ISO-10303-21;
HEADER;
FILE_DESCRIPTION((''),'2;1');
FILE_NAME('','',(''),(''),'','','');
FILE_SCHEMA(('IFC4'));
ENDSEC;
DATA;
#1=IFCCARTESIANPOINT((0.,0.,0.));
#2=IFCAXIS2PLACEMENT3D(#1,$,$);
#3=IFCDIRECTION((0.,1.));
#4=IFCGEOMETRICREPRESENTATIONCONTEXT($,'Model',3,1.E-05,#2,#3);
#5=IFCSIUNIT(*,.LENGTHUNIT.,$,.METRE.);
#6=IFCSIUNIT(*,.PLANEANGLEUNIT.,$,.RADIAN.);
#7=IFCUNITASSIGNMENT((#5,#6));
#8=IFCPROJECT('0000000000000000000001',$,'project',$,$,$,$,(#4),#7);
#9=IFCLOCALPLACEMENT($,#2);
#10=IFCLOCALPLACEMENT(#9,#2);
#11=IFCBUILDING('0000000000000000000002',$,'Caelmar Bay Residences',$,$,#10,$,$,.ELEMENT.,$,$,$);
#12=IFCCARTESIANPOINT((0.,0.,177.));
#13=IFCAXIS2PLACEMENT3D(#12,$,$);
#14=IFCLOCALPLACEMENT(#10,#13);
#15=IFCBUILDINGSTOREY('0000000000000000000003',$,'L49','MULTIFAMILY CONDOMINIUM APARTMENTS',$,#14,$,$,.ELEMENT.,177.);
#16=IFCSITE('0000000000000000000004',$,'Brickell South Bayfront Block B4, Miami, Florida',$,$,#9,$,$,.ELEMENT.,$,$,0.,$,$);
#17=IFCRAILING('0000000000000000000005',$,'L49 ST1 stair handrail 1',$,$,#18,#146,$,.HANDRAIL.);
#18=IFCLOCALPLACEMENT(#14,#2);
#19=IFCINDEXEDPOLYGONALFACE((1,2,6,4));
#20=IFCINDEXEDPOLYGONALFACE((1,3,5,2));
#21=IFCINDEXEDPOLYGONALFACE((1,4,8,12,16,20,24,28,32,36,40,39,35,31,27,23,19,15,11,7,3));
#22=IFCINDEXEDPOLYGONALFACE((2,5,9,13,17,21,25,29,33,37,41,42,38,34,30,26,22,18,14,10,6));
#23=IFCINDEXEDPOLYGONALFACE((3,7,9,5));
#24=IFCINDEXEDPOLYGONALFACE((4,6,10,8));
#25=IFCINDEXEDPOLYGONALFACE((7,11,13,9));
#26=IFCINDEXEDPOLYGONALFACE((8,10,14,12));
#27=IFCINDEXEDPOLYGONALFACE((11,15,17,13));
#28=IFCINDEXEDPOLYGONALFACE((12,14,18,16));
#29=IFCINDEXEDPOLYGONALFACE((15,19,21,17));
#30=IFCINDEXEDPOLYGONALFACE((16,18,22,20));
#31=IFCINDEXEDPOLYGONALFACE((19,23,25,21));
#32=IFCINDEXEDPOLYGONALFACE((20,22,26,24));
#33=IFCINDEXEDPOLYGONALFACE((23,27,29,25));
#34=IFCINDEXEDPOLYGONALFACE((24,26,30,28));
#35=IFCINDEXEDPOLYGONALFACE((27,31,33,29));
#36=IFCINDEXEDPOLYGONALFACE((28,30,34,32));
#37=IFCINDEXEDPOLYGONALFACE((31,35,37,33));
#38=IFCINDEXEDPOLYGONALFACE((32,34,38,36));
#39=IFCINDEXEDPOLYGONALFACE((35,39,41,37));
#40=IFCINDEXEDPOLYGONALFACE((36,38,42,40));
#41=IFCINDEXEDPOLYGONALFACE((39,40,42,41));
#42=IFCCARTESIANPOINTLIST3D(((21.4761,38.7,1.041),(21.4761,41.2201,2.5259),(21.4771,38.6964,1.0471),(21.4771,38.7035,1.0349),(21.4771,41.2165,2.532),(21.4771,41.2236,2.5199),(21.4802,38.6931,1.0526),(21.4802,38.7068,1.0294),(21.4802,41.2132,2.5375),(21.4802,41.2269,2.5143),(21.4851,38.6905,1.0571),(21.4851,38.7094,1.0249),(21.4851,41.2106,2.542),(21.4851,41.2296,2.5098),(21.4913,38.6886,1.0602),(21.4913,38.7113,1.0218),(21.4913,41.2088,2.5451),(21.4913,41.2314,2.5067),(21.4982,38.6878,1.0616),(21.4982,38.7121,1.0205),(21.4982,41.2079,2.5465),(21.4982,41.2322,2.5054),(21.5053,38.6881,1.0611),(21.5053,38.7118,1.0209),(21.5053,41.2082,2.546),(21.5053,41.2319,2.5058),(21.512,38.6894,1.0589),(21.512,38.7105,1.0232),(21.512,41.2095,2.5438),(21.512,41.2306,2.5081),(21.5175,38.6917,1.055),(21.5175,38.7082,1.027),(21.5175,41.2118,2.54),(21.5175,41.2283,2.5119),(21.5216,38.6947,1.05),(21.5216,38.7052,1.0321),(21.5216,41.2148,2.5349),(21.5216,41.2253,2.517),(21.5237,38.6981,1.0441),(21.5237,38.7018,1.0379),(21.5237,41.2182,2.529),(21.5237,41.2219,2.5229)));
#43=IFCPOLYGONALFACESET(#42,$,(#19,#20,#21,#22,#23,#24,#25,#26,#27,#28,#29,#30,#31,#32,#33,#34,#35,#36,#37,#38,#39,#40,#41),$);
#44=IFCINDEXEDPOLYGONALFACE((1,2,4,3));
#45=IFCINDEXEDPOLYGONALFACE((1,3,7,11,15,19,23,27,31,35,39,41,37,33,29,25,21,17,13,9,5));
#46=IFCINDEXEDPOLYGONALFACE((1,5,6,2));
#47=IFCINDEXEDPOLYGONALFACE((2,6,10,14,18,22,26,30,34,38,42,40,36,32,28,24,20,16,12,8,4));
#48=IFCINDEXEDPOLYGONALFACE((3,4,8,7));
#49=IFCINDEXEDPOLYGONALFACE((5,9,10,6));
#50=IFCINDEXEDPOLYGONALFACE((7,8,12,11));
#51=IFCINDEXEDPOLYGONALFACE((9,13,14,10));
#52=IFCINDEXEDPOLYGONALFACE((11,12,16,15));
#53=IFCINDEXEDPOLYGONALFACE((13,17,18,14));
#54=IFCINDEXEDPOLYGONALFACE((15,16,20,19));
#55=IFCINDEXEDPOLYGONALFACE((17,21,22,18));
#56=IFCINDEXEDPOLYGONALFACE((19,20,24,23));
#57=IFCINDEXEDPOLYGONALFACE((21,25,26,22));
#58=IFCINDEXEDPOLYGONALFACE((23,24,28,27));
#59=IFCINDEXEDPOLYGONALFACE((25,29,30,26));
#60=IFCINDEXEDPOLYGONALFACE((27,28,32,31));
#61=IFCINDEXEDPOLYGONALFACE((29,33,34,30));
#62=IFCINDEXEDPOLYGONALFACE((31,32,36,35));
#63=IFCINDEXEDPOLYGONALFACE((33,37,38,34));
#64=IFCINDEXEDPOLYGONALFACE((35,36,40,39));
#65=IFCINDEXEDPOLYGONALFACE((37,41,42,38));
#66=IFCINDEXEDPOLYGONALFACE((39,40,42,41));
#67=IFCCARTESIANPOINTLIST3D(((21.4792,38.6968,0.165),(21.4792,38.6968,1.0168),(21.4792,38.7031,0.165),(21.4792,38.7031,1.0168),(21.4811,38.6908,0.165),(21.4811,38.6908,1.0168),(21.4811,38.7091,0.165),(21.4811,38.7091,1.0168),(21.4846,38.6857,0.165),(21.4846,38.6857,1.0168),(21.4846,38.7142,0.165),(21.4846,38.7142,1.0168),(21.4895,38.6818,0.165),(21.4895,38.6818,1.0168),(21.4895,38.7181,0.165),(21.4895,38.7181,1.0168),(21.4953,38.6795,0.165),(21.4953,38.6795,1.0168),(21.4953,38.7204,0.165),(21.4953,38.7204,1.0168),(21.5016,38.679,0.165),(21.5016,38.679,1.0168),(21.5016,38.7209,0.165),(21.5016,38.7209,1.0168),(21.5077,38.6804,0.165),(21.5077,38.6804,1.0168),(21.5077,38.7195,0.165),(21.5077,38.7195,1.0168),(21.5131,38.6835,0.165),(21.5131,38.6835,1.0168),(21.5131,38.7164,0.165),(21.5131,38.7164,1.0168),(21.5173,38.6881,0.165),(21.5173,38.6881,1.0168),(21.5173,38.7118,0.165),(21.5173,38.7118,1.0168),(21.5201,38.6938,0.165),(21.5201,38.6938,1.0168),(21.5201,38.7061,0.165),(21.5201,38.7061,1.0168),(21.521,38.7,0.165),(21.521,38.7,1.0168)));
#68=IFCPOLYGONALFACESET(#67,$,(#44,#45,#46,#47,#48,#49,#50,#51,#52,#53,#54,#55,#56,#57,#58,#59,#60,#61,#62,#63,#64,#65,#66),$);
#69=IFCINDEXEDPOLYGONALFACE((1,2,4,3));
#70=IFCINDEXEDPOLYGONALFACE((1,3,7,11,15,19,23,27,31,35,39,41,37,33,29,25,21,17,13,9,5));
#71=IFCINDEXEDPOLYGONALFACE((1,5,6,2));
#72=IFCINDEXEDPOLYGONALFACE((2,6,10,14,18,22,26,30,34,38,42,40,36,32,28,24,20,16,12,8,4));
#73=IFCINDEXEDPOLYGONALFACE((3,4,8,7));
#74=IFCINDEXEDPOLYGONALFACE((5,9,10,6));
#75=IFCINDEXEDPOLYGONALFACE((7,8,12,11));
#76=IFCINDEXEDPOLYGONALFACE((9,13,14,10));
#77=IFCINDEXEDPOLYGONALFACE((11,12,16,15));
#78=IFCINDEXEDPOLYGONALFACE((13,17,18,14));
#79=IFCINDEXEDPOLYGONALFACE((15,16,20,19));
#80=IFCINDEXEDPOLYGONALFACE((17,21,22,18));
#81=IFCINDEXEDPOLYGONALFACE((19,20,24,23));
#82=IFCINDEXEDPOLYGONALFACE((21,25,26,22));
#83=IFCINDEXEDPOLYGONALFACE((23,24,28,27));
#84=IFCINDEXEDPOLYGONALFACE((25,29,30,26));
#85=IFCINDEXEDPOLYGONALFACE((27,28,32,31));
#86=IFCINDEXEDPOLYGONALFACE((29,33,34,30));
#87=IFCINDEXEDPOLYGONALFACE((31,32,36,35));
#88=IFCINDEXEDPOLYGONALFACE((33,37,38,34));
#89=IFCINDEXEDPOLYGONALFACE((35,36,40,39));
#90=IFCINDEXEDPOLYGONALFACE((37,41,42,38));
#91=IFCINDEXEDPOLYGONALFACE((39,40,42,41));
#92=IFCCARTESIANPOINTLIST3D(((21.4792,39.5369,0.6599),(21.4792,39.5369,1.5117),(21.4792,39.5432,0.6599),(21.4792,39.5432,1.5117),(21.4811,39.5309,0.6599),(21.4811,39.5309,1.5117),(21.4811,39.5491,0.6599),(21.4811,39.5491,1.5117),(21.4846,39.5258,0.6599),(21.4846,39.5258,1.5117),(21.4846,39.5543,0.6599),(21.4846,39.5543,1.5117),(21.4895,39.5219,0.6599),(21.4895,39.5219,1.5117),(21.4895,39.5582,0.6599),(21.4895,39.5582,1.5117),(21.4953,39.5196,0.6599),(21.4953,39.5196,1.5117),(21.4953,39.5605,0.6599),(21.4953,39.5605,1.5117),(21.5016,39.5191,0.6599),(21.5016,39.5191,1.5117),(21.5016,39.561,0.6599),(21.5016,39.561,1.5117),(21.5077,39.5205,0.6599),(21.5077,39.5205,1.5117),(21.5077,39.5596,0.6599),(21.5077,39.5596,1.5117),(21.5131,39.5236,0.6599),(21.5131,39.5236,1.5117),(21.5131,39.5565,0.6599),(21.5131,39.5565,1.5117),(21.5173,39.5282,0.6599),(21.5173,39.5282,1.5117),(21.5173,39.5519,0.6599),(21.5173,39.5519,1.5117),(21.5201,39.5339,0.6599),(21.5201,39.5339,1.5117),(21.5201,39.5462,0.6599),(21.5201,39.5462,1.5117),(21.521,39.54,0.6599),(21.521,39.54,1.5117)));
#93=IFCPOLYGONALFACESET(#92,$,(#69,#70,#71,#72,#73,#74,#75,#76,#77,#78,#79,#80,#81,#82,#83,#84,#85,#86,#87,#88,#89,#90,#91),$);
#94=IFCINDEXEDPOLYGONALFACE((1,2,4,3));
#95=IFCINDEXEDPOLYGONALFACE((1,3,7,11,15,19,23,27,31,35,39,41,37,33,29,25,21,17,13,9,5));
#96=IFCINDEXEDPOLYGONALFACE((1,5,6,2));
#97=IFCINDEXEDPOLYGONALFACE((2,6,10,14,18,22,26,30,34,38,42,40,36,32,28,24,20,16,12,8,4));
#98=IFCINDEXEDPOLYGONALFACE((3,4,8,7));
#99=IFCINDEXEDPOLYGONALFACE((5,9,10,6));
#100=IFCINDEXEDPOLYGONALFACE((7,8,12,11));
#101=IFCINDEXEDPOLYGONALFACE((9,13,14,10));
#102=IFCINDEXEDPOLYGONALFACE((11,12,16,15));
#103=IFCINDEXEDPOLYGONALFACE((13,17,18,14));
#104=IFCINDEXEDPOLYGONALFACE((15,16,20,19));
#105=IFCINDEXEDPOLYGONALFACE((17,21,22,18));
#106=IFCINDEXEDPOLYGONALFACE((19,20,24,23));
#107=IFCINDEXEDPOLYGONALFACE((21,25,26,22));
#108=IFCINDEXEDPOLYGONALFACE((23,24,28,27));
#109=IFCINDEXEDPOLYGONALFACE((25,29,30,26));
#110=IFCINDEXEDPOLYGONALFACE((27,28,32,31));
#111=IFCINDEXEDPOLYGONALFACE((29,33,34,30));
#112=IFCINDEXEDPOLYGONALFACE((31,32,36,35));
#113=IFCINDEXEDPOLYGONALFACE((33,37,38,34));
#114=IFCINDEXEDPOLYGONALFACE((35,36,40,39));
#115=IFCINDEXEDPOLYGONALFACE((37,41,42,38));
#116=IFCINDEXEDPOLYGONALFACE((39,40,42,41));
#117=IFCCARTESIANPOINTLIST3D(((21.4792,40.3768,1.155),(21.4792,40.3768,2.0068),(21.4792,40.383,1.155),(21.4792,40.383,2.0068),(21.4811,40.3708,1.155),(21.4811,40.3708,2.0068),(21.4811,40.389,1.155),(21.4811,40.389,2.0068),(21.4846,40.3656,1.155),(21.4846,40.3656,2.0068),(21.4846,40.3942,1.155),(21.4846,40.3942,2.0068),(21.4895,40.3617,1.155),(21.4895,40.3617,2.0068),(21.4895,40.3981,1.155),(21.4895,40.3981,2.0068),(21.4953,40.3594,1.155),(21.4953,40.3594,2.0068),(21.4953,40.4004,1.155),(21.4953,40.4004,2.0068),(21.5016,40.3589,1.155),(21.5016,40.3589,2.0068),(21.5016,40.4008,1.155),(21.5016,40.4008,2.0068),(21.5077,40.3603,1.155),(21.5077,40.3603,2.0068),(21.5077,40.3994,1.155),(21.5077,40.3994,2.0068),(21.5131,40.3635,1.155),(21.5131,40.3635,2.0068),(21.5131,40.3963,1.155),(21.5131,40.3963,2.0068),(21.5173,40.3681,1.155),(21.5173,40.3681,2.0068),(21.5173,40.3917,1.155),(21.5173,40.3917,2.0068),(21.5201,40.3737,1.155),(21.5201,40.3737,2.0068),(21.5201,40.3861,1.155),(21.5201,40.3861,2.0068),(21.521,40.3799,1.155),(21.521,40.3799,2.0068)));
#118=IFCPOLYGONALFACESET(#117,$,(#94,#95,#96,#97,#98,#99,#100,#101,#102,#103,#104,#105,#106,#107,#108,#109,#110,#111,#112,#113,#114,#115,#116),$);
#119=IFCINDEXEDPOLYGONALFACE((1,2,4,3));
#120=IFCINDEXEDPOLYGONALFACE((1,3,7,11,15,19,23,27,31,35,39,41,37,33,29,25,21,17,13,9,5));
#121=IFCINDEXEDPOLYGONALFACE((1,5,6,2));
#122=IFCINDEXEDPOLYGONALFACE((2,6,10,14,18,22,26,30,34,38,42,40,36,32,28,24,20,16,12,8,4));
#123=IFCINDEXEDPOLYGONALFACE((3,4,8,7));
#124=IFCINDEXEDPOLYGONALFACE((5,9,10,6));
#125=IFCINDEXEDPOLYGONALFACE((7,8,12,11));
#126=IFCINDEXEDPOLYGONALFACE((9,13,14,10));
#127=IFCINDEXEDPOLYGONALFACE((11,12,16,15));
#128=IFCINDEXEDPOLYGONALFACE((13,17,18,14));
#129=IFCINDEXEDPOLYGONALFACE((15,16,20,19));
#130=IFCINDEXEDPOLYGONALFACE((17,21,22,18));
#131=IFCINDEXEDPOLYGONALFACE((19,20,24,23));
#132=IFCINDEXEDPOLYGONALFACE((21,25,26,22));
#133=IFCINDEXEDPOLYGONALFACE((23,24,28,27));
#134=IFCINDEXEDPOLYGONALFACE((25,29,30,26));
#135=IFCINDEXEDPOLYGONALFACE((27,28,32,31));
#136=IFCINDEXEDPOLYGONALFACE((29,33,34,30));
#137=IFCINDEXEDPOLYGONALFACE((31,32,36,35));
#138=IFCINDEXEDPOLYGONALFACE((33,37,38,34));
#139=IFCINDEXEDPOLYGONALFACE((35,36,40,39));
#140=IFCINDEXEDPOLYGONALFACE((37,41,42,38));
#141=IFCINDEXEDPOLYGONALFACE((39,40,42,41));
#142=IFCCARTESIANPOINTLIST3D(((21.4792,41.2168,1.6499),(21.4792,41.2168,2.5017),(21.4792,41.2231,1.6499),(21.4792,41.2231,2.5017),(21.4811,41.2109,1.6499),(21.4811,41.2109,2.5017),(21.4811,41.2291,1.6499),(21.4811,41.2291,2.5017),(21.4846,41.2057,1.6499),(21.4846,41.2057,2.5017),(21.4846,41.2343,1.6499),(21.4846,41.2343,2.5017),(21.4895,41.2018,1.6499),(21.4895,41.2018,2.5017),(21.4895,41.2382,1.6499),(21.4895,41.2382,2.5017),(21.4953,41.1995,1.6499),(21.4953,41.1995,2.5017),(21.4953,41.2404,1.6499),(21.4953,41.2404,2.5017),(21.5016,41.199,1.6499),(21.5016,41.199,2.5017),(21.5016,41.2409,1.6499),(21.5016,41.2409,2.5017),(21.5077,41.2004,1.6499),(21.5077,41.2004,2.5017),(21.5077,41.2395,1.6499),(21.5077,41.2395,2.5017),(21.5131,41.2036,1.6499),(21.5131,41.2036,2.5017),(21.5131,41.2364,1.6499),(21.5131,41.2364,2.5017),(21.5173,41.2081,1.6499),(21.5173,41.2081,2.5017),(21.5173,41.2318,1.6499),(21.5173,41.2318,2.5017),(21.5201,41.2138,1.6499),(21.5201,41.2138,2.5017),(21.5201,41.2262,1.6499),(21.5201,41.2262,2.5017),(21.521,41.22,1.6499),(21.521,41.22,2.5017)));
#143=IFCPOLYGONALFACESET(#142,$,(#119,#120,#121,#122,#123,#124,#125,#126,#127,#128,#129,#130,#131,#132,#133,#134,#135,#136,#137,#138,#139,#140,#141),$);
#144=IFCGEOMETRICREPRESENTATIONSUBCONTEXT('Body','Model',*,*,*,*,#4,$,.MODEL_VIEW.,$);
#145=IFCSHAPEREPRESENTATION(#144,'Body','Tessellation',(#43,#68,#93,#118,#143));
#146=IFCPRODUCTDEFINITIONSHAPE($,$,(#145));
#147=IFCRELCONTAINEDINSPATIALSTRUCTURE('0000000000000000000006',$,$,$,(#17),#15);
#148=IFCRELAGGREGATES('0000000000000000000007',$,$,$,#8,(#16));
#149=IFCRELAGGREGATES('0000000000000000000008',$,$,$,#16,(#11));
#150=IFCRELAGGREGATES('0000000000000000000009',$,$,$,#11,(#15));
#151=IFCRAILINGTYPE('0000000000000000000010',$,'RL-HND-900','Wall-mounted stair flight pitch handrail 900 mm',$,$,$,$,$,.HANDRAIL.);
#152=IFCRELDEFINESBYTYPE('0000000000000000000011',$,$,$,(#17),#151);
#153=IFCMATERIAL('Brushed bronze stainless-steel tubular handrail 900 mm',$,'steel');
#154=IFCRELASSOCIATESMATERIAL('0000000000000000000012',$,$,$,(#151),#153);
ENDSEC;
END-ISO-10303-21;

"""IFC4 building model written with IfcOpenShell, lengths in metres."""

from ifc_helpers import new_model, si_unit, direction, frame, origin, origin_2d, place, context, subcontext, project, spatial, circle, extrude, material, type_object, element, save


model = new_model("IFC4")

# Units and contexts
model_context = context("Model", 3, precision=1e-05, world=origin(), true_north=direction((0.0, 1.0)))
body_context = subcontext(model_context, "Body", "Model", "MODEL_VIEW")
ifc_project = project(units=[si_unit("LENGTHUNIT", "METRE"), si_unit("PLANEANGLEUNIT", "RADIAN")], contexts=[model_context])

# Site, building, storey
site_placement = place(None, origin())
site = spatial("IfcSite", under=ifc_project, at=site_placement, Name="Brickell South Bayfront Block B4, Miami, Florida", CompositionType="ELEMENT", RefElevation=0.0)
building_placement = place(site_placement, origin())
building = spatial("IfcBuilding", under=site, at=building_placement, Name="Caelmar Bay Residences", CompositionType="ELEMENT")
storey_placement = place(building_placement, frame((0.0, 0.0, 177.0)))
storey = spatial("IfcBuildingStorey", under=building, at=storey_placement, Name="L49", Description="MULTIFAMILY CONDOMINIUM APARTMENTS", CompositionType="ELEMENT", Elevation=177.0)

# Railing
ifc_material_1 = material(Name="Brushed bronze stainless-steel tubular handrail 900 mm", Category="steel")
railing_type_1 = type_object("IfcRailingType", Name="RL-HND-900", Description="Wall-mounted stair flight pitch handrail 900 mm", PredefinedType="HANDRAIL", material=ifc_material_1)
railing_1_placement = place(storey_placement, frame((21.5, 38.7, 0.165)))
element("IfcRailing", 1, at=railing_1_placement, inside=storey, type_object=railing_type_1, Name="L49 ST1 stair handrail 1", PredefinedType="HANDRAIL", context=body_context, shape_type="SweptSolid", body=[
    extrude(circle(Radius=0.0239, at=origin_2d()), frame((0.0, 0.0, 0.876), z_axis=(0.0, 0.861561, 0.507655), x_axis=(-1.0, 0.0, 0.0)), (0.0, 0.0, 1.0), 2.925),
    extrude(circle(Radius=0.021, at=origin_2d()), origin(), (0.0, 0.0, 1.0), 0.8518),
    extrude(circle(Radius=0.021, at=origin_2d()), frame((0.0, 0.8401, 0.4949)), (0.0, 0.0, 1.0), 0.8518),
    extrude(circle(Radius=0.021, at=origin_2d()), frame((0.0, 1.6799, 0.99)), (0.0, 0.0, 1.0), 0.8518),
    extrude(circle(Radius=0.021, at=origin_2d()), frame((0.0, 2.52, 1.4849)), (0.0, 0.0, 1.0), 0.8518),
])

save(model, "model.ifc")
